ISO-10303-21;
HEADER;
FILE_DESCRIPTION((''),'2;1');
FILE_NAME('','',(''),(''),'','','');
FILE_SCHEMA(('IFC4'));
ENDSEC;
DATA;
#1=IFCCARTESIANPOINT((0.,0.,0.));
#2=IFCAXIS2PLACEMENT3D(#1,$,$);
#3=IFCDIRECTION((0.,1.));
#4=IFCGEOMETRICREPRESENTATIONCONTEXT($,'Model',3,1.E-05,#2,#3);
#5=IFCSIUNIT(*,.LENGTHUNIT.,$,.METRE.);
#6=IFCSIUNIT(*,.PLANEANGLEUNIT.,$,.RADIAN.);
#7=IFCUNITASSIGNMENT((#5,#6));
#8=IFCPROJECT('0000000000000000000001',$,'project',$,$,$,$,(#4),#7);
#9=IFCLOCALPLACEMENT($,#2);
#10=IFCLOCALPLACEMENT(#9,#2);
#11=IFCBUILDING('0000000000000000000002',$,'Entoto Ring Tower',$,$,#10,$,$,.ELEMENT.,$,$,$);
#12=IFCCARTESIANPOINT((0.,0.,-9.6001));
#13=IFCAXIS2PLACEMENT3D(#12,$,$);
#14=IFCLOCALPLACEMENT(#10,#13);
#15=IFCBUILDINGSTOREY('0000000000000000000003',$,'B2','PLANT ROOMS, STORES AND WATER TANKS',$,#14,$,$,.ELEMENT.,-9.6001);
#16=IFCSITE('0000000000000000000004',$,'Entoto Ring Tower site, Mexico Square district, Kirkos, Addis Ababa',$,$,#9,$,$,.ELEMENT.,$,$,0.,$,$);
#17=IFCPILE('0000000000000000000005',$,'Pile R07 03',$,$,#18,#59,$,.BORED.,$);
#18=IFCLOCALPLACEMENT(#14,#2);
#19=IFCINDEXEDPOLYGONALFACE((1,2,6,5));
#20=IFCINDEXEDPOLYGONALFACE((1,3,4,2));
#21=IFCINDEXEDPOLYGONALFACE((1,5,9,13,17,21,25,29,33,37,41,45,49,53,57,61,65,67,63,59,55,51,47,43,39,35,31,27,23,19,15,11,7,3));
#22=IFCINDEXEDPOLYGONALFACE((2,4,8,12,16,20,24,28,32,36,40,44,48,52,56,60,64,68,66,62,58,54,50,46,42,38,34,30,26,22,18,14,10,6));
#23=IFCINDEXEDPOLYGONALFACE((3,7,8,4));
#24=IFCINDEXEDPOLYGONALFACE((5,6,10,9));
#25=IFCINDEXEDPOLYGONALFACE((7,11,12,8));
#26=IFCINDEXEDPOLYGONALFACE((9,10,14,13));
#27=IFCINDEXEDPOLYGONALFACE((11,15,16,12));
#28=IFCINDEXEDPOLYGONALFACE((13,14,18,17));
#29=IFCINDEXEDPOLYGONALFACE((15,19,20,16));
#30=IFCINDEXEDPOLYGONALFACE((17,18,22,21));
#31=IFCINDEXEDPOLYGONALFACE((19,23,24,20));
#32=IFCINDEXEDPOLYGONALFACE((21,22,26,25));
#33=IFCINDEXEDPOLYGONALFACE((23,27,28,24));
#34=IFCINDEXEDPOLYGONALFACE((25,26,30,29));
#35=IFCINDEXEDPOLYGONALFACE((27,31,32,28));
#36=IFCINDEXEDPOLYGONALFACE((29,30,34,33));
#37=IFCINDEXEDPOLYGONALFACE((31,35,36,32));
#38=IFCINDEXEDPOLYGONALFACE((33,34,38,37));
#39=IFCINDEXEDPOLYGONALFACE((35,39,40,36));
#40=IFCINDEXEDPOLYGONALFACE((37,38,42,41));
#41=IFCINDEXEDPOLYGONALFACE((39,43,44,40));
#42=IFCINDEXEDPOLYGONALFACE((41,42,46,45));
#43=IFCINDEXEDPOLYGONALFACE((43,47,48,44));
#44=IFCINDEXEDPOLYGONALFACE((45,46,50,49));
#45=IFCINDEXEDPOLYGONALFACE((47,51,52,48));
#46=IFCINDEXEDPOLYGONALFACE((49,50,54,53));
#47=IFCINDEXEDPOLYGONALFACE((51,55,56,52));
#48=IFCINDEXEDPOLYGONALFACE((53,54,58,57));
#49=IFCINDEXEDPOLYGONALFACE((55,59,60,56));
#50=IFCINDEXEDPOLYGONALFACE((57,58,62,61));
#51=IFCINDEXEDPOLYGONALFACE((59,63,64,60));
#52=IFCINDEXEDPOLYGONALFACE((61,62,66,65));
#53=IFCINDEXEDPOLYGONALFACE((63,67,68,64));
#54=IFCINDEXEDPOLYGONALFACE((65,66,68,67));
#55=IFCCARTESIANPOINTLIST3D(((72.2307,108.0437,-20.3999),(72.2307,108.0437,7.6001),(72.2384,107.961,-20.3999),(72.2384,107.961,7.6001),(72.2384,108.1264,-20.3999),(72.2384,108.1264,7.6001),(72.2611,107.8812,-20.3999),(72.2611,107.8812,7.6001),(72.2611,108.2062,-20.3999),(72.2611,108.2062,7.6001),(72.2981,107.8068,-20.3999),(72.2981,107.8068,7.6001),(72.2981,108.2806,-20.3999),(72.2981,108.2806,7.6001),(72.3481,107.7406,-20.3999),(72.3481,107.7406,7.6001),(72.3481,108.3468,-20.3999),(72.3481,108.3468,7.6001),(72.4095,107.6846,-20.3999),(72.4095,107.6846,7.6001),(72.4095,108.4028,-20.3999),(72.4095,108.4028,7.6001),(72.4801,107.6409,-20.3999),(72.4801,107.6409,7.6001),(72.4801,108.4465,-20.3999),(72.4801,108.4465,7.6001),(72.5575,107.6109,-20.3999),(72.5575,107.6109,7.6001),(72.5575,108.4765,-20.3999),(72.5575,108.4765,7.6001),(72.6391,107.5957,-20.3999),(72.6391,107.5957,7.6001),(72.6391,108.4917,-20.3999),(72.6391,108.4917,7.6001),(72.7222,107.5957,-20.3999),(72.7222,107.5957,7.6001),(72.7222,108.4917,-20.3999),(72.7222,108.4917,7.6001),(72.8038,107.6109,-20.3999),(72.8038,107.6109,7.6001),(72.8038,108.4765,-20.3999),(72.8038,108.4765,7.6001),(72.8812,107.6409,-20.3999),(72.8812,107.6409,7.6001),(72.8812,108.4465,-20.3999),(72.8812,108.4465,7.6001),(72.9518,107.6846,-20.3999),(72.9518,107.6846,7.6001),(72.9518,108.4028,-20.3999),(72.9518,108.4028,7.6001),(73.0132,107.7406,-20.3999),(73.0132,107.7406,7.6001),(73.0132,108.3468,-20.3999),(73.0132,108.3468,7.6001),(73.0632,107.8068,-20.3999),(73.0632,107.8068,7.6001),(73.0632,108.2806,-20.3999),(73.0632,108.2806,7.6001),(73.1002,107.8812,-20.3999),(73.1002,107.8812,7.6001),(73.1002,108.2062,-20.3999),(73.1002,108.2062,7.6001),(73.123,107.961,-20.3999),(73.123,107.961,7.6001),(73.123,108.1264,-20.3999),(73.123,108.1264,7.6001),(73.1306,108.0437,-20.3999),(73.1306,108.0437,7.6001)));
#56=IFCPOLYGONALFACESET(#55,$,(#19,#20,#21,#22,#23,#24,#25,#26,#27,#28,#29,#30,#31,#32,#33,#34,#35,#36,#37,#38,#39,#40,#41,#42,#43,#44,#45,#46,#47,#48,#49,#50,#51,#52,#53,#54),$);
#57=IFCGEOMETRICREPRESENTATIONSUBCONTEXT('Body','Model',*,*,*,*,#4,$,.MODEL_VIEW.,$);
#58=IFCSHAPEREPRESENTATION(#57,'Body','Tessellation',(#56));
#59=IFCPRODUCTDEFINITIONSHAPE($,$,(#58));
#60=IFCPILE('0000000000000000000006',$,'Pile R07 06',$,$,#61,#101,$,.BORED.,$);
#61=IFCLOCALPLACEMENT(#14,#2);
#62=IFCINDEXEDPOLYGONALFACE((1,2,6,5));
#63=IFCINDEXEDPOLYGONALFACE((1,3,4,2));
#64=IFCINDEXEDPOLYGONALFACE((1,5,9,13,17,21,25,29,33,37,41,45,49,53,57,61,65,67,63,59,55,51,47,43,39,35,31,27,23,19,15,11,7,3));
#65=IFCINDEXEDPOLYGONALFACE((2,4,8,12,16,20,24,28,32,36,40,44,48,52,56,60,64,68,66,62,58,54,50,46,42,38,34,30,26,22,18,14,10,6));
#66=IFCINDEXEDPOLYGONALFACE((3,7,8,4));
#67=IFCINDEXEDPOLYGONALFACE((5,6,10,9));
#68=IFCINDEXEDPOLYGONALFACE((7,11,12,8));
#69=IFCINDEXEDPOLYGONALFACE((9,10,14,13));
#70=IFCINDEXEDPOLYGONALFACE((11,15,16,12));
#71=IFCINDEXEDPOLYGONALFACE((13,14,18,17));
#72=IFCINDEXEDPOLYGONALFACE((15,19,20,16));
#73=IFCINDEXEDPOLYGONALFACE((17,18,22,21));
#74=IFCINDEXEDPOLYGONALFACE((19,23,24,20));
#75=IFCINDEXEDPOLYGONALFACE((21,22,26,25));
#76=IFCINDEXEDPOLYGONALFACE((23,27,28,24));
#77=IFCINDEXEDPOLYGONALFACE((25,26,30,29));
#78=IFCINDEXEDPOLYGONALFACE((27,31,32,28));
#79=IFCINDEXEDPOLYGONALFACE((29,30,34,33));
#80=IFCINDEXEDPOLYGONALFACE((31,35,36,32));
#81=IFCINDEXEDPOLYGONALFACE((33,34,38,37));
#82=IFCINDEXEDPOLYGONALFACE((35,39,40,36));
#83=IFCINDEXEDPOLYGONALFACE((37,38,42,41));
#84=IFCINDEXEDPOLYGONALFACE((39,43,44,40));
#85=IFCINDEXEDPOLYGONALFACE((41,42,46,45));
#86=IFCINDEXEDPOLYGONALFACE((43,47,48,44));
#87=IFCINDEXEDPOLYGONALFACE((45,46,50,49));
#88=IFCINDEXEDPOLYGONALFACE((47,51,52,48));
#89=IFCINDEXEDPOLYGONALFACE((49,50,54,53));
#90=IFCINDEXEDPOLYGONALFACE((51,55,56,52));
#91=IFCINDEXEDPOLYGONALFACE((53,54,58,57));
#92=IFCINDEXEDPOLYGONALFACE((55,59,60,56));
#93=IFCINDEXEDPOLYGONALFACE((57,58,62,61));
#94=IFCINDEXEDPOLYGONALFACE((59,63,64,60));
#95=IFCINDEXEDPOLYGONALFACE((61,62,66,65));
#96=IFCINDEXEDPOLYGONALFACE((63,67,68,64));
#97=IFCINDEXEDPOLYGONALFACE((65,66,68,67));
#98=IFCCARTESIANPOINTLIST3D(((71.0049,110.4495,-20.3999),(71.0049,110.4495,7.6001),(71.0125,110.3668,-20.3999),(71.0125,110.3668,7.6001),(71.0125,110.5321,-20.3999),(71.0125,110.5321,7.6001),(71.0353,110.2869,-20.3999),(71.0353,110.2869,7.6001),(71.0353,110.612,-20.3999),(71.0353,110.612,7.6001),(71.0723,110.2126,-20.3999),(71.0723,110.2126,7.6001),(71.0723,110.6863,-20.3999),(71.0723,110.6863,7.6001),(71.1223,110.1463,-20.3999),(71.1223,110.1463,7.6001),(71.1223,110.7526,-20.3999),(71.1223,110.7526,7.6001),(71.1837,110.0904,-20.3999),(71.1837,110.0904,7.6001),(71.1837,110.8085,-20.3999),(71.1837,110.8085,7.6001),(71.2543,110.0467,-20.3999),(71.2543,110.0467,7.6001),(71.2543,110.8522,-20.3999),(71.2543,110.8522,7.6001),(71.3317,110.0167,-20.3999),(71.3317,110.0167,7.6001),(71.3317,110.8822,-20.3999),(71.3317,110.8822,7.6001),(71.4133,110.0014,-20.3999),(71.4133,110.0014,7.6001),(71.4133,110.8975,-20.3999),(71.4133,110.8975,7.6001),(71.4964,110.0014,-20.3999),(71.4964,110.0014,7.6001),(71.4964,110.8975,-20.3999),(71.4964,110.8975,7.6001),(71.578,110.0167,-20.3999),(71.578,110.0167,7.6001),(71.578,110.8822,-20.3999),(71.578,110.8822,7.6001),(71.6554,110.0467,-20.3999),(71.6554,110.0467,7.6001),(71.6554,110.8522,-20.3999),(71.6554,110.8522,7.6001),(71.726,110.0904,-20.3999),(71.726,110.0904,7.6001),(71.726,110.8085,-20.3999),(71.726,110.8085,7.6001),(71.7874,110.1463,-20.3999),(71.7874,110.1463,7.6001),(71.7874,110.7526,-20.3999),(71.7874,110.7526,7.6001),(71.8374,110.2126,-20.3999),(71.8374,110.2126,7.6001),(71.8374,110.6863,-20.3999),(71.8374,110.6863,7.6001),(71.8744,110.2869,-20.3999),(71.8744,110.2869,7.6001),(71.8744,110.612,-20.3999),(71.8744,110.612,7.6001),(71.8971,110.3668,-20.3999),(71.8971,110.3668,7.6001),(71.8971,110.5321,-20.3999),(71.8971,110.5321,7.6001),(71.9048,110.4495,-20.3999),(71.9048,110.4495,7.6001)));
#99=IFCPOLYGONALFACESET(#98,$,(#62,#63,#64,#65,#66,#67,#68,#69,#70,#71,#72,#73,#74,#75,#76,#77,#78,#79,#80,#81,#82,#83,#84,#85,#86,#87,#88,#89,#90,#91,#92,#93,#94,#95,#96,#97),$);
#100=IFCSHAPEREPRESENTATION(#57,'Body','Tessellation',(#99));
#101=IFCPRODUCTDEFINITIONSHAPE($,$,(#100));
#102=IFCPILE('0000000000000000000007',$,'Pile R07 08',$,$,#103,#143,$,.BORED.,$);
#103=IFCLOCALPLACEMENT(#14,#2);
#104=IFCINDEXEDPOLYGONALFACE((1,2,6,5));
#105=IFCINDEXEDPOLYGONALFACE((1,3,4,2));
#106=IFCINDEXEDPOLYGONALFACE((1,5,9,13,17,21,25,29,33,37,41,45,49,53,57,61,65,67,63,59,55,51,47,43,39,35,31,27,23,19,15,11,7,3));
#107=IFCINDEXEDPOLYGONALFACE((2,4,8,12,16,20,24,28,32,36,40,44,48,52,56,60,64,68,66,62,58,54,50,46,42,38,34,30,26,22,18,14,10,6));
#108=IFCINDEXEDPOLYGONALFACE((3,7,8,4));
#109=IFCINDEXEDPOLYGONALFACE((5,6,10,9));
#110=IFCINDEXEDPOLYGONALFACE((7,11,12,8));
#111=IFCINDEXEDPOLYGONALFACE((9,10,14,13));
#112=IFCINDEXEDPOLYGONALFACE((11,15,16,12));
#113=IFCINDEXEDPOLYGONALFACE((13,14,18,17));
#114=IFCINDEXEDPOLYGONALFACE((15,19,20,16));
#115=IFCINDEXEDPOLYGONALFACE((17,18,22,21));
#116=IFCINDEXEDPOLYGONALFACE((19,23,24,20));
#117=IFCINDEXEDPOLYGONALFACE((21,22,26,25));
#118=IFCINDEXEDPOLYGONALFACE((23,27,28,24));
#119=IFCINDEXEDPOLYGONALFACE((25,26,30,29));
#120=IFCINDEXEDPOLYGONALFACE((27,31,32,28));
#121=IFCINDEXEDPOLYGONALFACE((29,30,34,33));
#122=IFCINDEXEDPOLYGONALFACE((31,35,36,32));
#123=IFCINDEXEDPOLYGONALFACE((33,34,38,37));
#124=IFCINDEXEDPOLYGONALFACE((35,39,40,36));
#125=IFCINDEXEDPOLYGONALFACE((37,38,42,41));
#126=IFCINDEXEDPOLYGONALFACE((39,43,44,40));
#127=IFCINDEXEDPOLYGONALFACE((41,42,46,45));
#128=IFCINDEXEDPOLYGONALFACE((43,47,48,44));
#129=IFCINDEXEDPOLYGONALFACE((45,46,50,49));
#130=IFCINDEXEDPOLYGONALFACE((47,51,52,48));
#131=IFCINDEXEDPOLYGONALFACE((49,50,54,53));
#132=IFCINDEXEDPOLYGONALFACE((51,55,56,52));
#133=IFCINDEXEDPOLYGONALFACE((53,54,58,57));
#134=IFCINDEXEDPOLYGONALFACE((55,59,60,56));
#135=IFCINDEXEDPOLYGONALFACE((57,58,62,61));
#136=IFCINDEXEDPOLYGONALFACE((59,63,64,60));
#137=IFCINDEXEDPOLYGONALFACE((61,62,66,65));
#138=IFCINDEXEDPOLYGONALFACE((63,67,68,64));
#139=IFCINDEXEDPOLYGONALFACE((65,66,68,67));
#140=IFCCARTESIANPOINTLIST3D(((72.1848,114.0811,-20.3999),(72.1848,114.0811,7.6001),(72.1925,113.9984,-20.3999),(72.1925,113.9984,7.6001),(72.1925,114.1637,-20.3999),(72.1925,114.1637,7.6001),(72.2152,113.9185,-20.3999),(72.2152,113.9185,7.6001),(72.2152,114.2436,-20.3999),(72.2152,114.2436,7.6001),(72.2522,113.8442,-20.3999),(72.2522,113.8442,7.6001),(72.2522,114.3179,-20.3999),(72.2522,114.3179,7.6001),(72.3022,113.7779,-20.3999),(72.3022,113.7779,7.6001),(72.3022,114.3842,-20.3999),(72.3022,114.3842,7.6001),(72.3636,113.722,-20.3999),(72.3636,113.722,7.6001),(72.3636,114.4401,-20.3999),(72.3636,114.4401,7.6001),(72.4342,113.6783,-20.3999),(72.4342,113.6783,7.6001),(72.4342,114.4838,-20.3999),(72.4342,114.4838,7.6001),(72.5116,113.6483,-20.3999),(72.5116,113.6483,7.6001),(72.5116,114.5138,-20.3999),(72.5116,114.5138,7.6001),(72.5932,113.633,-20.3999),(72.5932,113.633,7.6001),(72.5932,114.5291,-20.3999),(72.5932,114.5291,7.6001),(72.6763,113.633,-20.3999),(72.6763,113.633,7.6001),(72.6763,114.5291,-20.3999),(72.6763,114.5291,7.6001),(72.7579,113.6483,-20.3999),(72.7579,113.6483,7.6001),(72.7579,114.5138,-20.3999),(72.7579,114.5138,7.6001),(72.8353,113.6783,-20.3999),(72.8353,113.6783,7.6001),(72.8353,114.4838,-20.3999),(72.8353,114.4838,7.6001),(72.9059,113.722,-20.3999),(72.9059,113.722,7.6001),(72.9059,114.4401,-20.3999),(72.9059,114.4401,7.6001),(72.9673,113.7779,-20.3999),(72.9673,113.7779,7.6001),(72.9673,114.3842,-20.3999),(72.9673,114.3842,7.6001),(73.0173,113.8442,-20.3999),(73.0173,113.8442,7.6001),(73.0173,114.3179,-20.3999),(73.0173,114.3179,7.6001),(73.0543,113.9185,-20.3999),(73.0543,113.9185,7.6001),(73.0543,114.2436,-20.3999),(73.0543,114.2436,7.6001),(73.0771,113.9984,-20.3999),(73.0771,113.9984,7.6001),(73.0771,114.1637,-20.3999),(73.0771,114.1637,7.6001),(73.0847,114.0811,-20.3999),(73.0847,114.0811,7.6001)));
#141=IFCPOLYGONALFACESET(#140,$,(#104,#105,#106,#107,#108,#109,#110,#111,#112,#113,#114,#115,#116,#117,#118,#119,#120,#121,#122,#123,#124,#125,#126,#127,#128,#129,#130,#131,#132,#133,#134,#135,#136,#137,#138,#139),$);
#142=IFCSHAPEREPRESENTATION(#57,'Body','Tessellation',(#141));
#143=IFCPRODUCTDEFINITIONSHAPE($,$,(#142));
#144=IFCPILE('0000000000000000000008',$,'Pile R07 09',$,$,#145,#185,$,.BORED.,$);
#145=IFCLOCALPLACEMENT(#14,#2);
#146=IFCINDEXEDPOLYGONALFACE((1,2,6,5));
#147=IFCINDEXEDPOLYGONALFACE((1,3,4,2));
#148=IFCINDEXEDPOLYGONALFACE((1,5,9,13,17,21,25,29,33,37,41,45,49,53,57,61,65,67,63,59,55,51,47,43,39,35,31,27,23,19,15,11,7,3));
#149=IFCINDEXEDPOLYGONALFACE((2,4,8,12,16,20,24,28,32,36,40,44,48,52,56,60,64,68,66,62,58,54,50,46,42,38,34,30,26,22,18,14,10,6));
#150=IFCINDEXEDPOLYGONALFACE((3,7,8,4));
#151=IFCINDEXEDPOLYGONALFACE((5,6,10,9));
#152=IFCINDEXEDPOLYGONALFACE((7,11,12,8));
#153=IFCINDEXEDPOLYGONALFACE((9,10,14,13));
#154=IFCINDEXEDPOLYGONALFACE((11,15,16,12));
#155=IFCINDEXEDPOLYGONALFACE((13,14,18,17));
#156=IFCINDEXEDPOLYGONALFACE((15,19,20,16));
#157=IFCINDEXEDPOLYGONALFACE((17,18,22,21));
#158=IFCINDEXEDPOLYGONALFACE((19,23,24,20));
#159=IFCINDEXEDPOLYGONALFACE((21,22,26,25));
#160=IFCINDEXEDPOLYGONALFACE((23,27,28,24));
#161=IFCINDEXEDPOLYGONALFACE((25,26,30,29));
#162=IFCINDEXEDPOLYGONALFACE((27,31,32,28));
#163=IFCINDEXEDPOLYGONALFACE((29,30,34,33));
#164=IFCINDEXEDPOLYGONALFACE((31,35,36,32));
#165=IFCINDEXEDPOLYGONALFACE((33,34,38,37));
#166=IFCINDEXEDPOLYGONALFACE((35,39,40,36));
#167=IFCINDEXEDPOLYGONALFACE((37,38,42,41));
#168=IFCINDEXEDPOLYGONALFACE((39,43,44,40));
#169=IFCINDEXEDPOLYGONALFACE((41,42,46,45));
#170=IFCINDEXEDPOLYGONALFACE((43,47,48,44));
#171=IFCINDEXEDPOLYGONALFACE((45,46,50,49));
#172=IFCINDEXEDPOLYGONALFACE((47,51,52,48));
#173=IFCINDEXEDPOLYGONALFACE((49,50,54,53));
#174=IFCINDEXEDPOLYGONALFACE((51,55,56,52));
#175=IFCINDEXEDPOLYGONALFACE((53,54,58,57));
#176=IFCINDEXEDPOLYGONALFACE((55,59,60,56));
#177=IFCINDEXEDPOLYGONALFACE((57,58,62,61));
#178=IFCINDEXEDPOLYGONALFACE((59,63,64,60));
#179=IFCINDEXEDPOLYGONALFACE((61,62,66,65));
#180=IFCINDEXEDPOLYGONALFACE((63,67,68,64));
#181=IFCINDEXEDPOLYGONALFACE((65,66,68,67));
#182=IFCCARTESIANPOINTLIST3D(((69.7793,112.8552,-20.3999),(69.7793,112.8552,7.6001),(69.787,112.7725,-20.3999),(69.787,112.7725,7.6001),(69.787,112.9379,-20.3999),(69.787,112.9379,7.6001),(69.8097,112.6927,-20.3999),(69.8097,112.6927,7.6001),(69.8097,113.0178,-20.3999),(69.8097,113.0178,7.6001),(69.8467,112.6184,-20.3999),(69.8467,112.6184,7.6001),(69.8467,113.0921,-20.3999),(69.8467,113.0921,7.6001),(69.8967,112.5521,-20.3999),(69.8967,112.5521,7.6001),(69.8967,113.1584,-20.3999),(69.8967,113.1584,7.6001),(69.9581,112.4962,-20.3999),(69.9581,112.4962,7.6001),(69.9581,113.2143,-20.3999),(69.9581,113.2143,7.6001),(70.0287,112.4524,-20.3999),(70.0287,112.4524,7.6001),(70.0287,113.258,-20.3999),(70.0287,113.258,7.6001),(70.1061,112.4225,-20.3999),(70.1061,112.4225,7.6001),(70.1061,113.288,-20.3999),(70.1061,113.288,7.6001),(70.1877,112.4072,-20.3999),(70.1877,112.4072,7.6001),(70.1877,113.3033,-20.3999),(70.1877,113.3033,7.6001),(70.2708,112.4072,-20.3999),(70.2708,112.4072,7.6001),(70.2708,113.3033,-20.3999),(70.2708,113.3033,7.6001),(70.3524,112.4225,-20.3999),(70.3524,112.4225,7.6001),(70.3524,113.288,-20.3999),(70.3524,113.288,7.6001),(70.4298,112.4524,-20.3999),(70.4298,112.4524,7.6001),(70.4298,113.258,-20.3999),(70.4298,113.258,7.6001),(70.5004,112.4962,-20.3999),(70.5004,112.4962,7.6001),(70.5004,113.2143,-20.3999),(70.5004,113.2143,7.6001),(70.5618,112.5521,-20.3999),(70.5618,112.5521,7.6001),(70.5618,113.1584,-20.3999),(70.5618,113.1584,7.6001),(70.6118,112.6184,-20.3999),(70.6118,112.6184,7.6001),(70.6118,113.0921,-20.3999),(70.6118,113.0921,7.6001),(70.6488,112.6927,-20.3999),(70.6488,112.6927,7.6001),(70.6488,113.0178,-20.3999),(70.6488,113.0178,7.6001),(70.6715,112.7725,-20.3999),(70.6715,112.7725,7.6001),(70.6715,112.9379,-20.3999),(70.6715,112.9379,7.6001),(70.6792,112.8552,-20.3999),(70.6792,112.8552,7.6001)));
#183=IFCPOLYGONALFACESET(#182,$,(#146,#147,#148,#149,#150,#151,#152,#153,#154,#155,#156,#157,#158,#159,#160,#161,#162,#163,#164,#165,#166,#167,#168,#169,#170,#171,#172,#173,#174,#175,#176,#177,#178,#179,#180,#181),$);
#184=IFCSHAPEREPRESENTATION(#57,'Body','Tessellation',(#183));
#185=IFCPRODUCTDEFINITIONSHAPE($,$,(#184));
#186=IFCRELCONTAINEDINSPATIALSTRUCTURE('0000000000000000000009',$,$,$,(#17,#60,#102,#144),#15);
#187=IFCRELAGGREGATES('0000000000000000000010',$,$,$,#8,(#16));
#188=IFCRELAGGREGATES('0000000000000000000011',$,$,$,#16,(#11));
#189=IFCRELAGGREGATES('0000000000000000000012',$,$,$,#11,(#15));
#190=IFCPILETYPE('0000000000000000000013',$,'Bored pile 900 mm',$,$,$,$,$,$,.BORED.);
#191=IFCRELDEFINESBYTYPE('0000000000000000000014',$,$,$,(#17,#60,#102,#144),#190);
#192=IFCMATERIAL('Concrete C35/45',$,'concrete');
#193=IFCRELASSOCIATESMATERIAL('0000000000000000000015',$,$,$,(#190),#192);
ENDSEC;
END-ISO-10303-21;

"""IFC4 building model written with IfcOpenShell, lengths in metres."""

from ifc_helpers import new_model, si_unit, direction, frame, origin, origin_2d, place, context, subcontext, project, spatial, circle, extrude, material, material_profile, profile_set, type_object, element, save


model = new_model("IFC4")

# Units and contexts
model_context = context("Model", 3, precision=1e-05, world=origin(), true_north=direction((0.0, 1.0)))
body_context = subcontext(model_context, "Body", "Model", "MODEL_VIEW")
ifc_project = project(units=[si_unit("LENGTHUNIT", "METRE"), si_unit("PLANEANGLEUNIT", "RADIAN")], contexts=[model_context])

# Site, building, storey
site_placement = place(None, origin())
site = spatial("IfcSite", under=ifc_project, at=site_placement, Name="Entoto Ring Tower site, Mexico Square district, Kirkos, Addis Ababa", CompositionType="ELEMENT", RefElevation=0.0)
building_placement = place(site_placement, origin())
building = spatial("IfcBuilding", under=site, at=building_placement, Name="Entoto Ring Tower", CompositionType="ELEMENT")
storey_placement = place(building_placement, frame((0.0, 0.0, -9.6001)))
storey = spatial("IfcBuildingStorey", under=building, at=storey_placement, Name="B2", Description="PLANT ROOMS, STORES AND WATER TANKS", CompositionType="ELEMENT", Elevation=-9.6001)

# Piles
ifc_material_1 = material(Name="Concrete C35/45", Category="concrete")
ifc_material_profile_1 = material_profile(ifc_material_1, circle(Radius=0.45, at=origin_2d()), Name="Bored pile 900 mm")
ifc_profile_set_1 = profile_set([ifc_material_profile_1], Name="Concrete C35/45")
pile_type = type_object("IfcPileType", Name="Bored pile 900 mm", PredefinedType="BORED", material=ifc_profile_set_1)
for number, where, z_axis, x_axis, name in (
    (1, (72.6807, 108.0437, 7.6001), (0.0, 0.0, -1.0), (1.0, 0.0, 0.0), "Pile R07 03"),
    (2, (71.4548, 110.4495, 7.6001), (0.0, 0.0, -1.0), (1.0, 0.0, 0.0), "Pile R07 06"),
    (3, (72.6348, 114.0811, 7.6001), (0.0, 0.0, -1.0), (1.0, 0.0, 0.0), "Pile R07 08"),
    (4, (70.2292, 112.8552, 7.6001), (0.0, 0.0, -1.0), (1.0, 0.0, 0.0), "Pile R07 09"),
):
    element("IfcPile", number, at=place(storey_placement, frame(where, z_axis=z_axis, x_axis=x_axis)), inside=storey, type_object=pile_type, Name=name, PredefinedType="BORED", context=body_context, shape_type="SweptSolid", body=[
        extrude(circle(Radius=0.45, at=origin_2d()), origin(), (0.0, 0.0, 1.0), 28.0),
    ])

save(model, "model.ifc")
